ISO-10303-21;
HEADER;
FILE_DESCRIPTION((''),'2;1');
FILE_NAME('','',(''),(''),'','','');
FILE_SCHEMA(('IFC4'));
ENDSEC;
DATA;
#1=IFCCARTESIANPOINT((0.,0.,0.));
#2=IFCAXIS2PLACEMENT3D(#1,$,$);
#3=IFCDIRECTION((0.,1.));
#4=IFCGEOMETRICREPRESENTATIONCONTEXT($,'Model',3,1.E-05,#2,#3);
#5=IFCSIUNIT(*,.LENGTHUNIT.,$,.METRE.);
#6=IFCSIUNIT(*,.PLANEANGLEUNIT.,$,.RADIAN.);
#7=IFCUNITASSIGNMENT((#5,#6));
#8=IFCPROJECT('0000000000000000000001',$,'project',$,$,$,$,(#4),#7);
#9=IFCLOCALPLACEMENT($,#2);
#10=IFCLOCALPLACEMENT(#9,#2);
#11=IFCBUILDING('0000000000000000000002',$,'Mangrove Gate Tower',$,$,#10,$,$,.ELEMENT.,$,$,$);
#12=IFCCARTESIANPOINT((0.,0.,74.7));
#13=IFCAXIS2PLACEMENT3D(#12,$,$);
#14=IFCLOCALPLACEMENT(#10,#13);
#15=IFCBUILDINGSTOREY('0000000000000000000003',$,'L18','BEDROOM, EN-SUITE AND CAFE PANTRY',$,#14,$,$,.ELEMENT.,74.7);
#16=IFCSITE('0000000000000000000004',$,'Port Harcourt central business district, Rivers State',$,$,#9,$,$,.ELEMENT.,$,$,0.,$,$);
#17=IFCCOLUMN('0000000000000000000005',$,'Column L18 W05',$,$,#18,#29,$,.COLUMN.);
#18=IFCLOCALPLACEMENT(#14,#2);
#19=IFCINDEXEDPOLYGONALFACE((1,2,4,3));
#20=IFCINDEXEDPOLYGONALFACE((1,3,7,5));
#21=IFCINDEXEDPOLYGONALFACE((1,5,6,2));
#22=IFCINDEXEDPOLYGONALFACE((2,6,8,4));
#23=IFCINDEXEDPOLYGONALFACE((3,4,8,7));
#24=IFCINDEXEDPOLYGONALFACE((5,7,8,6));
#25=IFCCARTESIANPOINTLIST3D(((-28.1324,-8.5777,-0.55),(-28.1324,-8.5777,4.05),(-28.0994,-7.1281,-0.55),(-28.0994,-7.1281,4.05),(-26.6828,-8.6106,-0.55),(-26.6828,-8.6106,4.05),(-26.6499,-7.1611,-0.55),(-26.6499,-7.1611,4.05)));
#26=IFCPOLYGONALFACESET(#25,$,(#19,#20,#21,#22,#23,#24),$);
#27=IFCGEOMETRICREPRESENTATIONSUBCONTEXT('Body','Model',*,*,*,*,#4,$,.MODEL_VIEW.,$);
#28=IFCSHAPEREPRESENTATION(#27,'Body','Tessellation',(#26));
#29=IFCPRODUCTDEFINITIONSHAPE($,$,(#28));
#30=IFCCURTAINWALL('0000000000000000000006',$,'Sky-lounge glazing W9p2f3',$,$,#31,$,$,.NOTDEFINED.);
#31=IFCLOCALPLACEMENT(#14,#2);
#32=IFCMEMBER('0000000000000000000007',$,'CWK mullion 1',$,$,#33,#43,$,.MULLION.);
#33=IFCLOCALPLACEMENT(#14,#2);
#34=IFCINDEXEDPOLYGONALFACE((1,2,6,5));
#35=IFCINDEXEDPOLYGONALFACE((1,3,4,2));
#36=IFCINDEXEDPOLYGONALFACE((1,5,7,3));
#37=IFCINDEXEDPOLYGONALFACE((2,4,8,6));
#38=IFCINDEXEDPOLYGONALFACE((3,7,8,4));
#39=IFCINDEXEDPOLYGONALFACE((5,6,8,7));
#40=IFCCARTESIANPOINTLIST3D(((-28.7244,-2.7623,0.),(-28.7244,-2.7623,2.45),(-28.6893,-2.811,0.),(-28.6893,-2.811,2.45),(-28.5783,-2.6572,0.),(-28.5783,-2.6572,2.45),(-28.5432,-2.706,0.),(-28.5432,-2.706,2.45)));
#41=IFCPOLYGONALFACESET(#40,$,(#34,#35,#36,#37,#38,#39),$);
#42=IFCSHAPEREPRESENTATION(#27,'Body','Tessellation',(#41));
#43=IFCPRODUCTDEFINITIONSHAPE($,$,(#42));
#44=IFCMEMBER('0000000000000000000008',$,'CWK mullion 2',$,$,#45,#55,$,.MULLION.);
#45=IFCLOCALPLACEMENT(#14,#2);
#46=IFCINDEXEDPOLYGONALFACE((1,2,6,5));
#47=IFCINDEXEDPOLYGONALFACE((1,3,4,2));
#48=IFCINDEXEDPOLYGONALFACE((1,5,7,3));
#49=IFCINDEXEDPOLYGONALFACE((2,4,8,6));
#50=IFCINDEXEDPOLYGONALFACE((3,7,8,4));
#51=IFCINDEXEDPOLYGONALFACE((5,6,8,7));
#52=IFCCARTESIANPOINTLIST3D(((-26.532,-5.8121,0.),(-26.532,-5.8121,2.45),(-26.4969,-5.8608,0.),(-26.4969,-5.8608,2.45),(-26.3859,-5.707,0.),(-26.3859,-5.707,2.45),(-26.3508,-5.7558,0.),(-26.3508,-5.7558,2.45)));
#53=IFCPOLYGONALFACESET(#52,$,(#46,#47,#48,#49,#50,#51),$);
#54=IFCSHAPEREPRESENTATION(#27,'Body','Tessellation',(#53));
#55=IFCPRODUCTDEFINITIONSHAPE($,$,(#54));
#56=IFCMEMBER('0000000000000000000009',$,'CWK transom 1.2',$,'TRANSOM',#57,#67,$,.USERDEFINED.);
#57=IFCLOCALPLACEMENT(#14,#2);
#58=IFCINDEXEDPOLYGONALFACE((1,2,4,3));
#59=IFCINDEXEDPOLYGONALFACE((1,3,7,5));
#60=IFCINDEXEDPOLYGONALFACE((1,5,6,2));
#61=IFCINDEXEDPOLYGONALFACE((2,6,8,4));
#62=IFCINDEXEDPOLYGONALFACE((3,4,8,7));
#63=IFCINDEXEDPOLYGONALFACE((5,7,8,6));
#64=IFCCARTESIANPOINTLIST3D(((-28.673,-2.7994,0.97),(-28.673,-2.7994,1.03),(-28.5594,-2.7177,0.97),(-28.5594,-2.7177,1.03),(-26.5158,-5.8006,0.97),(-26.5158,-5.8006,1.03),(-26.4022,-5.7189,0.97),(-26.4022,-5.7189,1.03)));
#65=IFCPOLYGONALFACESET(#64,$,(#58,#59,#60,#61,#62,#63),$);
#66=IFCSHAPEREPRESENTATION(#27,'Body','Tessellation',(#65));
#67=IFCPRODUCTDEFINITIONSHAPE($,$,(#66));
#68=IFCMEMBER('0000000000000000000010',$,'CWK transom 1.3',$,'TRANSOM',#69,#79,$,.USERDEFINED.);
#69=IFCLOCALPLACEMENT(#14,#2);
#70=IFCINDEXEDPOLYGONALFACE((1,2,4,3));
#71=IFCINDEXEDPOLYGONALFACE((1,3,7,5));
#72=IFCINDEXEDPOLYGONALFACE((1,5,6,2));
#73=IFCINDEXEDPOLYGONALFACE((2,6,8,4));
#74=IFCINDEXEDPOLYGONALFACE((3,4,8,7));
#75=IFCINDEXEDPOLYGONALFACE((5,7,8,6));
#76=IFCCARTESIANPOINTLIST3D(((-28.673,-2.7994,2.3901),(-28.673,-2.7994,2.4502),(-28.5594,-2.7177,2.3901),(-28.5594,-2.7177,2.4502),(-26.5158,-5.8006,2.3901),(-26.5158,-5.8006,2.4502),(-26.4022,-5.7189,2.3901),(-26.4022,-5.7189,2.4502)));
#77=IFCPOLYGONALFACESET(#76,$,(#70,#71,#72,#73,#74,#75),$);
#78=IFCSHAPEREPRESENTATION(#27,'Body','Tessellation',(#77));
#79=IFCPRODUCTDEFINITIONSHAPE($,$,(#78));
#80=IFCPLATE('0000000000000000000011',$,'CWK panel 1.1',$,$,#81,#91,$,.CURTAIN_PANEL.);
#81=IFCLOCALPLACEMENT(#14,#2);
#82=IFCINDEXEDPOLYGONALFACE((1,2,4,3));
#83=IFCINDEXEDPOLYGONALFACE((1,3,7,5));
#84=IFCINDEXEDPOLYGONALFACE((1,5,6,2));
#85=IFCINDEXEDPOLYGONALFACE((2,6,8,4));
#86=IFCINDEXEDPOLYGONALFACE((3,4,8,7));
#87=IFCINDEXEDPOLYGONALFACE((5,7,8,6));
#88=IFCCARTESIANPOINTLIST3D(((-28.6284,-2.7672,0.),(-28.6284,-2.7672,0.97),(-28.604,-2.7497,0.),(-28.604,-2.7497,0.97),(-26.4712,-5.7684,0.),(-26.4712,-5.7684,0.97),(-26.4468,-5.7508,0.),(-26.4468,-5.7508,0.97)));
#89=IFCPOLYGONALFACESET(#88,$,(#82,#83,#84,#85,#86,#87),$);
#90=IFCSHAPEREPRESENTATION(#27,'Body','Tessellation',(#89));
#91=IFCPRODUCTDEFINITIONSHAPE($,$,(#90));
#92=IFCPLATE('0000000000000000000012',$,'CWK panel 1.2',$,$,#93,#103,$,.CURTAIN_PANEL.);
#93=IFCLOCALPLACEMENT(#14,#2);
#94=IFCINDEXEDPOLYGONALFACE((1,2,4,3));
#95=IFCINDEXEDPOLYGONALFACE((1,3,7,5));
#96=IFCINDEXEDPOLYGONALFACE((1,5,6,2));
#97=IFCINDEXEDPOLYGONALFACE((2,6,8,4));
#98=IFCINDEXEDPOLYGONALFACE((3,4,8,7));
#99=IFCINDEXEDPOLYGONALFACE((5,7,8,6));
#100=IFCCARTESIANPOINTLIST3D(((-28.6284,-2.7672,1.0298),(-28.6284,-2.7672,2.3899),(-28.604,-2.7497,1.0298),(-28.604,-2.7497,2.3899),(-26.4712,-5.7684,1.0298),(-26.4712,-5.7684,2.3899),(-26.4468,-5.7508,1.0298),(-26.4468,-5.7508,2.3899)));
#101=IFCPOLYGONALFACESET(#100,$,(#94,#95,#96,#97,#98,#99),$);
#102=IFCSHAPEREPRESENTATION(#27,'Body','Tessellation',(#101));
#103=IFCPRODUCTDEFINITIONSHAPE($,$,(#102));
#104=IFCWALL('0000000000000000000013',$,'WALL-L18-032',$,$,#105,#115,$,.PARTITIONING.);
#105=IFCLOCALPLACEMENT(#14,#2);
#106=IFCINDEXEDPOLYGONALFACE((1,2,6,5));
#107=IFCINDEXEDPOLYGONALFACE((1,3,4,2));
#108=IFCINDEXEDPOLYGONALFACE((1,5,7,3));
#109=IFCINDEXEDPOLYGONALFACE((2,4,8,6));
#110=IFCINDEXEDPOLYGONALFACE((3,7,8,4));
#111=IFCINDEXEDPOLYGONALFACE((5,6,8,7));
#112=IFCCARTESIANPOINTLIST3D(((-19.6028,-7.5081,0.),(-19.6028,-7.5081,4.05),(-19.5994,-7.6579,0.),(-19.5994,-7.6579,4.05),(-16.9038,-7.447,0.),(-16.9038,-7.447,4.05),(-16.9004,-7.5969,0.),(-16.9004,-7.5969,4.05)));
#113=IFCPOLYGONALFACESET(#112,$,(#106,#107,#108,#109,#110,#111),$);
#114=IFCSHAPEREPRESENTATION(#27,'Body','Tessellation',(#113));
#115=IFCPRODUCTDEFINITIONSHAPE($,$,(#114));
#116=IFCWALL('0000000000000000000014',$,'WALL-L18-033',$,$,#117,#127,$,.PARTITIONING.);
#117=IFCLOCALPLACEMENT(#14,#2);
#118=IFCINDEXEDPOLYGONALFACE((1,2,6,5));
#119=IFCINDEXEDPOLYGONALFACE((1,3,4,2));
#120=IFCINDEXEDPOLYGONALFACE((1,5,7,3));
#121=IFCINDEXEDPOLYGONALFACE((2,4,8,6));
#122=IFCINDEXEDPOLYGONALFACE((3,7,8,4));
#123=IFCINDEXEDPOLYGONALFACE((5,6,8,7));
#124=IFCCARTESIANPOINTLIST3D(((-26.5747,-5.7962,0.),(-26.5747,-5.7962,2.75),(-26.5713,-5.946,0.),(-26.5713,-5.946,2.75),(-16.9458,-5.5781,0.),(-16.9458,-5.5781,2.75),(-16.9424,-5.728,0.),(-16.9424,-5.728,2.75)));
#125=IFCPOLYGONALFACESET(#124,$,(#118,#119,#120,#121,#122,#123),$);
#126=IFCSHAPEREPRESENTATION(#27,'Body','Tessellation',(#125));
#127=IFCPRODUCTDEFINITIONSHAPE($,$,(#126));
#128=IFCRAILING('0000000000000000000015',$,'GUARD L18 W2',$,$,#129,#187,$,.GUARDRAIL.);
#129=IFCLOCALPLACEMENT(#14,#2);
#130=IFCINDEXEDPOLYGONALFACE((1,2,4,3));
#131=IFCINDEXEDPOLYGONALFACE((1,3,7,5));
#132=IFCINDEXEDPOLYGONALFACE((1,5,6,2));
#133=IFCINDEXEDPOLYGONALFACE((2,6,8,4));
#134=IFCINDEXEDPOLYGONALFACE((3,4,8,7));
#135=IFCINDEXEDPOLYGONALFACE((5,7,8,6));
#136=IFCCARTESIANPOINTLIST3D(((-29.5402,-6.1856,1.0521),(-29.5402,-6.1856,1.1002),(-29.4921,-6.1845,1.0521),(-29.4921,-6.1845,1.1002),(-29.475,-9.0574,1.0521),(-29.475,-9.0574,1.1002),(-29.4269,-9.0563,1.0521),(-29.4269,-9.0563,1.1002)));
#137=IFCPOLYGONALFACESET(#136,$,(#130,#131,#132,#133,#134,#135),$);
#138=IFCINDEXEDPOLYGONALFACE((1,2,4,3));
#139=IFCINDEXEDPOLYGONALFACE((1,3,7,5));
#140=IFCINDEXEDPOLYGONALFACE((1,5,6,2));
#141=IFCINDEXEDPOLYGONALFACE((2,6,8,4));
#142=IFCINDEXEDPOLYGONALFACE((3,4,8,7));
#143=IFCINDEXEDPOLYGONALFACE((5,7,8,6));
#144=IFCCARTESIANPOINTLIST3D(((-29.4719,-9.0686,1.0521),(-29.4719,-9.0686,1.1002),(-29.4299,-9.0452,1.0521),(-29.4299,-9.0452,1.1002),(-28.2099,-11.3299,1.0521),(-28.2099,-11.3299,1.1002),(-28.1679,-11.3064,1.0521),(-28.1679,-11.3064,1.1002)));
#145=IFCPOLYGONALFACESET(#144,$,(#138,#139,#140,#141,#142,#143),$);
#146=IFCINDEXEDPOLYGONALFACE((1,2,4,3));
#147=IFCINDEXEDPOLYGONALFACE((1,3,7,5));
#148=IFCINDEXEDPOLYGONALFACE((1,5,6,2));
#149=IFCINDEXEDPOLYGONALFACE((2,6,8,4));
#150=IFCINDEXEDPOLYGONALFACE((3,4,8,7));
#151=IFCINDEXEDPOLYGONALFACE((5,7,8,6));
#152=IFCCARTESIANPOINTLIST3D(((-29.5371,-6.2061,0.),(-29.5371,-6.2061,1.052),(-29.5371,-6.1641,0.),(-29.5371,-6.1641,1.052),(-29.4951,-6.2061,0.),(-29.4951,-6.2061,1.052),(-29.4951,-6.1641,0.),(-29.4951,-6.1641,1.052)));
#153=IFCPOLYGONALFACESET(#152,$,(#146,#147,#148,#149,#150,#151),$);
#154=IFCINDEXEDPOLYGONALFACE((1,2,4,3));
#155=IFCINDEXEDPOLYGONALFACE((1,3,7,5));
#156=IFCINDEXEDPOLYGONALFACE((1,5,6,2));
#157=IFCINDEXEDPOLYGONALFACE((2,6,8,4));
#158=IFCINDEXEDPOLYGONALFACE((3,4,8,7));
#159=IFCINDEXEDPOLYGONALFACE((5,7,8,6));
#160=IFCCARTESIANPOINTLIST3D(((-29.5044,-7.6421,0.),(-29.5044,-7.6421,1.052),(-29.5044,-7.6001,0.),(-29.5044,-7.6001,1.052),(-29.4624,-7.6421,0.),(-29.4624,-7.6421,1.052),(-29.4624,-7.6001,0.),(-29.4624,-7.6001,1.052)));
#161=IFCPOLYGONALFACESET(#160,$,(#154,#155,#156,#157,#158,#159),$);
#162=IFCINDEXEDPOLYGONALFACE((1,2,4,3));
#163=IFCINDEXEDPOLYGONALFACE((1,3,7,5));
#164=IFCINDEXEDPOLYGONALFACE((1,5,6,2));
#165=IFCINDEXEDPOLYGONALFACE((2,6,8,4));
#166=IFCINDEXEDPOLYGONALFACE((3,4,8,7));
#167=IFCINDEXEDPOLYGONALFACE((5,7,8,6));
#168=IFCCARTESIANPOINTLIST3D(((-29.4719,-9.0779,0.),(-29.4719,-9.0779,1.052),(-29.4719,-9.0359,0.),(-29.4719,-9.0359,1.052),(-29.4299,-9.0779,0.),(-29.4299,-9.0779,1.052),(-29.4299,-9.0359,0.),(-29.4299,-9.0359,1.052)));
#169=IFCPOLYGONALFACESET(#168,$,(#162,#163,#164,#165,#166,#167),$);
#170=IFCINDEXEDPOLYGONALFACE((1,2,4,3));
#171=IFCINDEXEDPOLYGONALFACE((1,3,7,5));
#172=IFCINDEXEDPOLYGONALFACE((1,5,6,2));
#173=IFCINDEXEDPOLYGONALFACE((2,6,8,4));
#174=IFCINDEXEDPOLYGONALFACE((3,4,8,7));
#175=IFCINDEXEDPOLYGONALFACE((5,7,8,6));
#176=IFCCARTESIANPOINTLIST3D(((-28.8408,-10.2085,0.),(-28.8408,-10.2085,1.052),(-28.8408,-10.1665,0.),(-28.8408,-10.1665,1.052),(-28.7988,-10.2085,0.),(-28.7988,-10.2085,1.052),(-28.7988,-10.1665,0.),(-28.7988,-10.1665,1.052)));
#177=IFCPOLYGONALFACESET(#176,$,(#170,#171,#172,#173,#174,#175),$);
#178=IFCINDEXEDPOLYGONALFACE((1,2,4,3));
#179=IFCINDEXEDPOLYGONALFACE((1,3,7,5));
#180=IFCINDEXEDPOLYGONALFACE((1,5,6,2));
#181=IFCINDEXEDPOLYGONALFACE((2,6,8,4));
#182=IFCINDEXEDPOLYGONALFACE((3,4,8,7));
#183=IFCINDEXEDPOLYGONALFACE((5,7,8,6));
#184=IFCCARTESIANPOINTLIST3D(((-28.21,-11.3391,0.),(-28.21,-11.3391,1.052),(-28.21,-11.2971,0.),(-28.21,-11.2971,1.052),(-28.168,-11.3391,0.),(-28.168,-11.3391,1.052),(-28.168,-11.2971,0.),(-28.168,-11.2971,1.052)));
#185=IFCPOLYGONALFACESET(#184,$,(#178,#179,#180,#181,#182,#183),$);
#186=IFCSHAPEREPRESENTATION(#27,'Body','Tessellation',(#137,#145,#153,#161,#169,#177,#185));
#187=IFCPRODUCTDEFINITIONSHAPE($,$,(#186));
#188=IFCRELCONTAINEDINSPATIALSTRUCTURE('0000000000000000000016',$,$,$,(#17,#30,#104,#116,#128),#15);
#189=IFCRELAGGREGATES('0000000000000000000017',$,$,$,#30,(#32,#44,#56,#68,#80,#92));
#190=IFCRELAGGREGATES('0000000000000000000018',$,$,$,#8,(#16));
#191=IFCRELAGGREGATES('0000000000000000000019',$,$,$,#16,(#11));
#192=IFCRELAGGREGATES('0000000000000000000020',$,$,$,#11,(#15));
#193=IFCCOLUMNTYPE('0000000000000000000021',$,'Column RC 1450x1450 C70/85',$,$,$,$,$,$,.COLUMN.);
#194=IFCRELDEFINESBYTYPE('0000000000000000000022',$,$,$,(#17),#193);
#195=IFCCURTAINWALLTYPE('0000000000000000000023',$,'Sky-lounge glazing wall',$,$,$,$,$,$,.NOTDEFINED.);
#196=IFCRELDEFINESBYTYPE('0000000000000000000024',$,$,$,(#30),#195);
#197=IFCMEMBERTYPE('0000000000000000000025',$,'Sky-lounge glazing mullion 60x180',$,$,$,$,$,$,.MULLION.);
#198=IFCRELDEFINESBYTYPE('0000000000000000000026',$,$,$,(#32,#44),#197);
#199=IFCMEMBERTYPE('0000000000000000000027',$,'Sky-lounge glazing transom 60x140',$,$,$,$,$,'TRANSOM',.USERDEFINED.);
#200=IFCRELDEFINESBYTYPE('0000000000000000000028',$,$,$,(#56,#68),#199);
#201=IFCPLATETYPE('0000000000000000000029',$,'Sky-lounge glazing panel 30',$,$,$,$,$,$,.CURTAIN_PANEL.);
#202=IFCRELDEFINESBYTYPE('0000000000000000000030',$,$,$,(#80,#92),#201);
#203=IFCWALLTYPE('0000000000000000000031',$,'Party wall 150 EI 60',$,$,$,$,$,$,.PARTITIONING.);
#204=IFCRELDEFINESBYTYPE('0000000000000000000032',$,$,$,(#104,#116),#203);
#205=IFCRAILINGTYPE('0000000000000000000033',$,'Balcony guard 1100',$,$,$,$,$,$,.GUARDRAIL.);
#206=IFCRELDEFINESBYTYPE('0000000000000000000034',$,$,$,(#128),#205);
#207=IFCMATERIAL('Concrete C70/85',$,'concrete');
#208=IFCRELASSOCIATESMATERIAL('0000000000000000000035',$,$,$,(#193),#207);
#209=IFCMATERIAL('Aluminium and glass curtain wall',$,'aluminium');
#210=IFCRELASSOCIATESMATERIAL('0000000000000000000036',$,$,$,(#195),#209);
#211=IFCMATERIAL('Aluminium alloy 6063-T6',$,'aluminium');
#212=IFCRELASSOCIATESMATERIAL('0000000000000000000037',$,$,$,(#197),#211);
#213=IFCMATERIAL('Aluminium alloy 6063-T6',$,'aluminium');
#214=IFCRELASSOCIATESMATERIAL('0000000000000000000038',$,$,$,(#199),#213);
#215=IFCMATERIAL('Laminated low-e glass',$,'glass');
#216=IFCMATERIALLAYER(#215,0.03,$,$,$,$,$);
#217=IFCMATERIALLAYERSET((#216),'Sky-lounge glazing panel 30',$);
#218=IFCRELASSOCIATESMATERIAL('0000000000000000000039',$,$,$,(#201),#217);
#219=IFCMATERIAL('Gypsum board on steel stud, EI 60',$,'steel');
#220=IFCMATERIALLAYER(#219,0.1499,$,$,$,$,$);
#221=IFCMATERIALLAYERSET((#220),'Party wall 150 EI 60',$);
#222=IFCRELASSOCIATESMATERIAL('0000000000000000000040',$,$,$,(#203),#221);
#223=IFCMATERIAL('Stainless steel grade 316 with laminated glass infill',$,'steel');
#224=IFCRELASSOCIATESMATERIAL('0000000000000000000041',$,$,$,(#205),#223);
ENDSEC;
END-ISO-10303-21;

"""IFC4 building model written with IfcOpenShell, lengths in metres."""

from ifc_helpers import new_model, si_unit, direction, frame, frame_2d, origin, origin_2d, place, context, subcontext, project, spatial, rectangle, extrude, material, layer, layer_set, material_profile, profile_set, type_object, element, aggregate, save


model = new_model("IFC4")

# Units and contexts
model_context = context("Model", 3, precision=1e-05, world=origin(), true_north=direction((0.0, 1.0)))
body_context = subcontext(model_context, "Body", "Model", "MODEL_VIEW")
ifc_project = project(units=[si_unit("LENGTHUNIT", "METRE"), si_unit("PLANEANGLEUNIT", "RADIAN")], contexts=[model_context])

# Site, building, storey
site_placement = place(None, origin())
site = spatial("IfcSite", under=ifc_project, at=site_placement, Name="Port Harcourt central business district, Rivers State", CompositionType="ELEMENT", RefElevation=0.0)
building_placement = place(site_placement, origin())
building = spatial("IfcBuilding", under=site, at=building_placement, Name="Mangrove Gate Tower", CompositionType="ELEMENT")
storey_placement = place(building_placement, frame((0.0, 0.0, 74.7)))
storey = spatial("IfcBuildingStorey", under=building, at=storey_placement, Name="L18", Description="BEDROOM, EN-SUITE AND CAFE PANTRY", CompositionType="ELEMENT", Elevation=74.7)

# Column
ifc_material_1 = material(Name="Concrete C70/85", Category="concrete")
ifc_material_profile_1 = material_profile(ifc_material_1, rectangle(XDim=1.45, YDim=1.45, at=origin_2d()))
ifc_profile_set_1 = profile_set([ifc_material_profile_1], Name="Concrete C70/85")
column_type = type_object("IfcColumnType", Name="Column RC 1450x1450 C70/85", PredefinedType="COLUMN", material=ifc_profile_set_1)
column_placement = place(storey_placement, frame((-27.3911, -7.8694, -0.55), z_axis=(0.0, 0.0, 1.0), x_axis=(-0.022723, -0.999742, 0.0)))
element("IfcColumn", 1, at=column_placement, inside=storey, type_object=column_type, Name="Column L18 W05", PredefinedType="COLUMN", context=body_context, shape_type="SweptSolid", body=[
    extrude(rectangle(XDim=1.45, YDim=1.45, at=origin_2d()), origin(), (0.0, 0.0, 1.0), 4.6001),
])

# Curtain wall, members, plates
ifc_material_2 = material(Name="Aluminium and glass curtain wall", Category="aluminium")
curtain_wall_type = type_object("IfcCurtainWallType", Name="Sky-lounge glazing wall", PredefinedType="NOTDEFINED", material=ifc_material_2)
curtain_wall_placement = place(storey_placement, origin())
curtain_wall = element("IfcCurtainWall", 2, at=curtain_wall_placement, inside=storey, type_object=curtain_wall_type, Name="Sky-lounge glazing W9p2f3", PredefinedType="NOTDEFINED")
ifc_material_3 = material(Name="Aluminium alloy 6063-T6", Category="aluminium")
ifc_material_profile_2 = material_profile(ifc_material_3, rectangle(XDim=0.0601, YDim=0.1799, at=origin_2d()))
ifc_profile_set_2 = profile_set([ifc_material_profile_2], Name="Aluminium alloy 6063-T6")
member_type_1 = type_object("IfcMemberType", Name="Sky-lounge glazing mullion 60x180", PredefinedType="MULLION", material=ifc_profile_set_2)
member_1_placement = place(storey_placement, frame((-28.6338, -2.7341, 0.0), z_axis=(0.0, 0.0, 1.0), x_axis=(0.58367, -0.811991, 0.0)))
member_1 = element("IfcMember", 3, at=member_1_placement, type_object=member_type_1, Name="CWK mullion 1", PredefinedType="MULLION", context=body_context, shape_type="SweptSolid", body=[
    extrude(rectangle(XDim=0.0601, YDim=0.1799, at=origin_2d()), origin(), (0.0, 0.0, 1.0), 2.45),
])
member_2_placement = place(storey_placement, frame((-26.4414, -5.7839, 0.0), z_axis=(0.0, 0.0, 1.0), x_axis=(0.58367, -0.811991, 0.0)))
member_2 = element("IfcMember", 4, at=member_2_placement, type_object=member_type_1, Name="CWK mullion 2", PredefinedType="MULLION", context=body_context, shape_type="SweptSolid", body=[
    extrude(rectangle(XDim=0.0601, YDim=0.1799, at=origin_2d()), origin(), (0.0, 0.0, 1.0), 2.45),
])
ifc_material_4 = material(Name="Aluminium alloy 6063-T6", Category="aluminium")
ifc_material_profile_3 = material_profile(ifc_material_4, rectangle(XDim=0.0601, YDim=0.1399, at=origin_2d()))
ifc_profile_set_3 = profile_set([ifc_material_profile_3], Name="Aluminium alloy 6063-T6")
member_type_2 = type_object("IfcMemberType", Name="Sky-lounge glazing transom 60x140", ElementType="TRANSOM", PredefinedType="USERDEFINED", material=ifc_profile_set_3)
member_3_placement = place(storey_placement, frame((-28.6162, -2.7585, 1.0), z_axis=(0.583654, -0.812003, 0.0), x_axis=(0.0, 0.0, 1.0)))
member_3 = element("IfcMember", 5, at=member_3_placement, type_object=member_type_2, Name="CWK transom 1.2", ObjectType="TRANSOM", PredefinedType="USERDEFINED", context=body_context, shape_type="SweptSolid", body=[
    extrude(rectangle(XDim=0.0601, YDim=0.1399, at=origin_2d()), origin(), (0.0, 0.0, 1.0), 3.696),
])
member_4_placement = place(storey_placement, frame((-28.6162, -2.7585, 2.4202), z_axis=(0.583654, -0.812003, 0.0), x_axis=(0.0, 0.0, 1.0)))
member_4 = element("IfcMember", 6, at=member_4_placement, type_object=member_type_2, Name="CWK transom 1.3", ObjectType="TRANSOM", PredefinedType="USERDEFINED", context=body_context, shape_type="SweptSolid", body=[
    extrude(rectangle(XDim=0.0601, YDim=0.1399, at=origin_2d()), origin(), (0.0, 0.0, 1.0), 3.696),
])
ifc_material_5 = material(Name="Laminated low-e glass", Category="glass")
ifc_layer_1 = layer(ifc_material_5, 0.03)
ifc_layer_set_1 = layer_set([ifc_layer_1], Name="Sky-lounge glazing panel 30")
plate_type = type_object("IfcPlateType", Name="Sky-lounge glazing panel 30", PredefinedType="CURTAIN_PANEL", material=ifc_layer_set_1)
plate_1_placement = place(storey_placement, frame((-27.5376, -4.259, 0.0), z_axis=(0.0, 0.0, 1.0), x_axis=(0.58367, -0.811991, 0.0)))
plate_1 = element("IfcPlate", 7, at=plate_1_placement, type_object=plate_type, Name="CWK panel 1.1", PredefinedType="CURTAIN_PANEL", context=body_context, shape_type="SweptSolid", body=[
    extrude(rectangle(XDim=3.696, YDim=0.03, at=origin_2d()), origin(), (0.0, 0.0, 1.0), 0.97),
])
plate_2_placement = place(storey_placement, frame((-27.5376, -4.259, 1.0298), z_axis=(0.0, 0.0, 1.0), x_axis=(0.58367, -0.811991, 0.0)))
plate_2 = element("IfcPlate", 8, at=plate_2_placement, type_object=plate_type, Name="CWK panel 1.2", PredefinedType="CURTAIN_PANEL", context=body_context, shape_type="SweptSolid", body=[
    extrude(rectangle(XDim=3.696, YDim=0.03, at=origin_2d()), origin(), (0.0, 0.0, 1.0), 1.3601),
])
aggregate(curtain_wall, [member_1, member_2, member_3, member_4, plate_1, plate_2])

# Walls
ifc_material_6 = material(Name="Gypsum board on steel stud, EI 60", Category="steel")
ifc_layer_2 = layer(ifc_material_6, 0.1499)
ifc_layer_set_2 = layer_set([ifc_layer_2], Name="Party wall 150 EI 60")
wall_type_1 = type_object("IfcWallType", Name="Party wall 150 EI 60", PredefinedType="PARTITIONING", material=ifc_layer_set_2)
wall_1_placement = place(storey_placement, frame((-19.6011, -7.583, 0.0), z_axis=(0.0, 0.0, 1.0), x_axis=(0.999744, 0.022608, 0.0)))
element("IfcWall", 9, at=wall_1_placement, inside=storey, type_object=wall_type_1, Name="WALL-L18-032", PredefinedType="PARTITIONING", context=body_context, shape_type="SweptSolid", body=[
    extrude(rectangle(XDim=2.6997, YDim=0.1499, at=frame_2d((1.3499, 0.0))), origin(), (0.0, 0.0, 1.0), 4.05),
])
wall_2_placement = place(storey_placement, frame((-26.573, -5.8711, 0.0), z_axis=(0.0, 0.0, 1.0), x_axis=(0.999744, 0.022636, 0.0)))
element("IfcWall", 10, at=wall_2_placement, inside=storey, type_object=wall_type_1, Name="WALL-L18-033", PredefinedType="PARTITIONING", context=body_context, shape_type="SweptSolid", body=[
    extrude(rectangle(XDim=9.6313, YDim=0.1499, at=frame_2d((4.8157, 0.0))), origin(), (0.0, 0.0, 1.0), 2.75),
])

# Railing
ifc_material_7 = material(Name="Stainless steel grade 316 with laminated glass infill", Category="steel")
railing_type = type_object("IfcRailingType", Name="Balcony guard 1100", PredefinedType="GUARDRAIL", material=ifc_material_7)
railing_1_placement = place(storey_placement, frame((-29.5161, -6.1851, 0.0)))
element("IfcRailing", 11, at=railing_1_placement, inside=storey, type_object=railing_type, Name="GUARD L18 W2", PredefinedType="GUARDRAIL", context=body_context, shape_type="SweptSolid", body=[
    extrude(rectangle(XDim=0.0481, YDim=0.0481, at=origin_2d()), frame((0.0, 0.0, 1.0762), z_axis=(0.022692, -0.999742, 0.0), x_axis=(0.999742, 0.022692, 0.0)), (0.0, 0.0, 1.0), 2.8726),
    extrude(rectangle(XDim=0.0481, YDim=0.0481, at=origin_2d()), frame((0.0652, -2.8718, 1.0762), z_axis=(0.487331, -0.873217, 0.0), x_axis=(0.873217, 0.487331, 0.0)), (0.0, 0.0, 1.0), 2.5896),
    extrude(rectangle(XDim=0.042, YDim=0.042, at=origin_2d()), origin(), (0.0, 0.0, 1.0), 1.052),
    extrude(rectangle(XDim=0.042, YDim=0.042, at=origin_2d()), frame((0.0327, -1.436, 0.0)), (0.0, 0.0, 1.0), 1.052),
    extrude(rectangle(XDim=0.042, YDim=0.042, at=origin_2d()), frame((0.0652, -2.8718, 0.0)), (0.0, 0.0, 1.0), 1.052),
    extrude(rectangle(XDim=0.042, YDim=0.042, at=origin_2d()), frame((0.6963, -4.0024, 0.0)), (0.0, 0.0, 1.0), 1.052),
    extrude(rectangle(XDim=0.042, YDim=0.042, at=origin_2d()), frame((1.3271, -5.1331, 0.0)), (0.0, 0.0, 1.0), 1.052),
])

save(model, "model.ifc")
